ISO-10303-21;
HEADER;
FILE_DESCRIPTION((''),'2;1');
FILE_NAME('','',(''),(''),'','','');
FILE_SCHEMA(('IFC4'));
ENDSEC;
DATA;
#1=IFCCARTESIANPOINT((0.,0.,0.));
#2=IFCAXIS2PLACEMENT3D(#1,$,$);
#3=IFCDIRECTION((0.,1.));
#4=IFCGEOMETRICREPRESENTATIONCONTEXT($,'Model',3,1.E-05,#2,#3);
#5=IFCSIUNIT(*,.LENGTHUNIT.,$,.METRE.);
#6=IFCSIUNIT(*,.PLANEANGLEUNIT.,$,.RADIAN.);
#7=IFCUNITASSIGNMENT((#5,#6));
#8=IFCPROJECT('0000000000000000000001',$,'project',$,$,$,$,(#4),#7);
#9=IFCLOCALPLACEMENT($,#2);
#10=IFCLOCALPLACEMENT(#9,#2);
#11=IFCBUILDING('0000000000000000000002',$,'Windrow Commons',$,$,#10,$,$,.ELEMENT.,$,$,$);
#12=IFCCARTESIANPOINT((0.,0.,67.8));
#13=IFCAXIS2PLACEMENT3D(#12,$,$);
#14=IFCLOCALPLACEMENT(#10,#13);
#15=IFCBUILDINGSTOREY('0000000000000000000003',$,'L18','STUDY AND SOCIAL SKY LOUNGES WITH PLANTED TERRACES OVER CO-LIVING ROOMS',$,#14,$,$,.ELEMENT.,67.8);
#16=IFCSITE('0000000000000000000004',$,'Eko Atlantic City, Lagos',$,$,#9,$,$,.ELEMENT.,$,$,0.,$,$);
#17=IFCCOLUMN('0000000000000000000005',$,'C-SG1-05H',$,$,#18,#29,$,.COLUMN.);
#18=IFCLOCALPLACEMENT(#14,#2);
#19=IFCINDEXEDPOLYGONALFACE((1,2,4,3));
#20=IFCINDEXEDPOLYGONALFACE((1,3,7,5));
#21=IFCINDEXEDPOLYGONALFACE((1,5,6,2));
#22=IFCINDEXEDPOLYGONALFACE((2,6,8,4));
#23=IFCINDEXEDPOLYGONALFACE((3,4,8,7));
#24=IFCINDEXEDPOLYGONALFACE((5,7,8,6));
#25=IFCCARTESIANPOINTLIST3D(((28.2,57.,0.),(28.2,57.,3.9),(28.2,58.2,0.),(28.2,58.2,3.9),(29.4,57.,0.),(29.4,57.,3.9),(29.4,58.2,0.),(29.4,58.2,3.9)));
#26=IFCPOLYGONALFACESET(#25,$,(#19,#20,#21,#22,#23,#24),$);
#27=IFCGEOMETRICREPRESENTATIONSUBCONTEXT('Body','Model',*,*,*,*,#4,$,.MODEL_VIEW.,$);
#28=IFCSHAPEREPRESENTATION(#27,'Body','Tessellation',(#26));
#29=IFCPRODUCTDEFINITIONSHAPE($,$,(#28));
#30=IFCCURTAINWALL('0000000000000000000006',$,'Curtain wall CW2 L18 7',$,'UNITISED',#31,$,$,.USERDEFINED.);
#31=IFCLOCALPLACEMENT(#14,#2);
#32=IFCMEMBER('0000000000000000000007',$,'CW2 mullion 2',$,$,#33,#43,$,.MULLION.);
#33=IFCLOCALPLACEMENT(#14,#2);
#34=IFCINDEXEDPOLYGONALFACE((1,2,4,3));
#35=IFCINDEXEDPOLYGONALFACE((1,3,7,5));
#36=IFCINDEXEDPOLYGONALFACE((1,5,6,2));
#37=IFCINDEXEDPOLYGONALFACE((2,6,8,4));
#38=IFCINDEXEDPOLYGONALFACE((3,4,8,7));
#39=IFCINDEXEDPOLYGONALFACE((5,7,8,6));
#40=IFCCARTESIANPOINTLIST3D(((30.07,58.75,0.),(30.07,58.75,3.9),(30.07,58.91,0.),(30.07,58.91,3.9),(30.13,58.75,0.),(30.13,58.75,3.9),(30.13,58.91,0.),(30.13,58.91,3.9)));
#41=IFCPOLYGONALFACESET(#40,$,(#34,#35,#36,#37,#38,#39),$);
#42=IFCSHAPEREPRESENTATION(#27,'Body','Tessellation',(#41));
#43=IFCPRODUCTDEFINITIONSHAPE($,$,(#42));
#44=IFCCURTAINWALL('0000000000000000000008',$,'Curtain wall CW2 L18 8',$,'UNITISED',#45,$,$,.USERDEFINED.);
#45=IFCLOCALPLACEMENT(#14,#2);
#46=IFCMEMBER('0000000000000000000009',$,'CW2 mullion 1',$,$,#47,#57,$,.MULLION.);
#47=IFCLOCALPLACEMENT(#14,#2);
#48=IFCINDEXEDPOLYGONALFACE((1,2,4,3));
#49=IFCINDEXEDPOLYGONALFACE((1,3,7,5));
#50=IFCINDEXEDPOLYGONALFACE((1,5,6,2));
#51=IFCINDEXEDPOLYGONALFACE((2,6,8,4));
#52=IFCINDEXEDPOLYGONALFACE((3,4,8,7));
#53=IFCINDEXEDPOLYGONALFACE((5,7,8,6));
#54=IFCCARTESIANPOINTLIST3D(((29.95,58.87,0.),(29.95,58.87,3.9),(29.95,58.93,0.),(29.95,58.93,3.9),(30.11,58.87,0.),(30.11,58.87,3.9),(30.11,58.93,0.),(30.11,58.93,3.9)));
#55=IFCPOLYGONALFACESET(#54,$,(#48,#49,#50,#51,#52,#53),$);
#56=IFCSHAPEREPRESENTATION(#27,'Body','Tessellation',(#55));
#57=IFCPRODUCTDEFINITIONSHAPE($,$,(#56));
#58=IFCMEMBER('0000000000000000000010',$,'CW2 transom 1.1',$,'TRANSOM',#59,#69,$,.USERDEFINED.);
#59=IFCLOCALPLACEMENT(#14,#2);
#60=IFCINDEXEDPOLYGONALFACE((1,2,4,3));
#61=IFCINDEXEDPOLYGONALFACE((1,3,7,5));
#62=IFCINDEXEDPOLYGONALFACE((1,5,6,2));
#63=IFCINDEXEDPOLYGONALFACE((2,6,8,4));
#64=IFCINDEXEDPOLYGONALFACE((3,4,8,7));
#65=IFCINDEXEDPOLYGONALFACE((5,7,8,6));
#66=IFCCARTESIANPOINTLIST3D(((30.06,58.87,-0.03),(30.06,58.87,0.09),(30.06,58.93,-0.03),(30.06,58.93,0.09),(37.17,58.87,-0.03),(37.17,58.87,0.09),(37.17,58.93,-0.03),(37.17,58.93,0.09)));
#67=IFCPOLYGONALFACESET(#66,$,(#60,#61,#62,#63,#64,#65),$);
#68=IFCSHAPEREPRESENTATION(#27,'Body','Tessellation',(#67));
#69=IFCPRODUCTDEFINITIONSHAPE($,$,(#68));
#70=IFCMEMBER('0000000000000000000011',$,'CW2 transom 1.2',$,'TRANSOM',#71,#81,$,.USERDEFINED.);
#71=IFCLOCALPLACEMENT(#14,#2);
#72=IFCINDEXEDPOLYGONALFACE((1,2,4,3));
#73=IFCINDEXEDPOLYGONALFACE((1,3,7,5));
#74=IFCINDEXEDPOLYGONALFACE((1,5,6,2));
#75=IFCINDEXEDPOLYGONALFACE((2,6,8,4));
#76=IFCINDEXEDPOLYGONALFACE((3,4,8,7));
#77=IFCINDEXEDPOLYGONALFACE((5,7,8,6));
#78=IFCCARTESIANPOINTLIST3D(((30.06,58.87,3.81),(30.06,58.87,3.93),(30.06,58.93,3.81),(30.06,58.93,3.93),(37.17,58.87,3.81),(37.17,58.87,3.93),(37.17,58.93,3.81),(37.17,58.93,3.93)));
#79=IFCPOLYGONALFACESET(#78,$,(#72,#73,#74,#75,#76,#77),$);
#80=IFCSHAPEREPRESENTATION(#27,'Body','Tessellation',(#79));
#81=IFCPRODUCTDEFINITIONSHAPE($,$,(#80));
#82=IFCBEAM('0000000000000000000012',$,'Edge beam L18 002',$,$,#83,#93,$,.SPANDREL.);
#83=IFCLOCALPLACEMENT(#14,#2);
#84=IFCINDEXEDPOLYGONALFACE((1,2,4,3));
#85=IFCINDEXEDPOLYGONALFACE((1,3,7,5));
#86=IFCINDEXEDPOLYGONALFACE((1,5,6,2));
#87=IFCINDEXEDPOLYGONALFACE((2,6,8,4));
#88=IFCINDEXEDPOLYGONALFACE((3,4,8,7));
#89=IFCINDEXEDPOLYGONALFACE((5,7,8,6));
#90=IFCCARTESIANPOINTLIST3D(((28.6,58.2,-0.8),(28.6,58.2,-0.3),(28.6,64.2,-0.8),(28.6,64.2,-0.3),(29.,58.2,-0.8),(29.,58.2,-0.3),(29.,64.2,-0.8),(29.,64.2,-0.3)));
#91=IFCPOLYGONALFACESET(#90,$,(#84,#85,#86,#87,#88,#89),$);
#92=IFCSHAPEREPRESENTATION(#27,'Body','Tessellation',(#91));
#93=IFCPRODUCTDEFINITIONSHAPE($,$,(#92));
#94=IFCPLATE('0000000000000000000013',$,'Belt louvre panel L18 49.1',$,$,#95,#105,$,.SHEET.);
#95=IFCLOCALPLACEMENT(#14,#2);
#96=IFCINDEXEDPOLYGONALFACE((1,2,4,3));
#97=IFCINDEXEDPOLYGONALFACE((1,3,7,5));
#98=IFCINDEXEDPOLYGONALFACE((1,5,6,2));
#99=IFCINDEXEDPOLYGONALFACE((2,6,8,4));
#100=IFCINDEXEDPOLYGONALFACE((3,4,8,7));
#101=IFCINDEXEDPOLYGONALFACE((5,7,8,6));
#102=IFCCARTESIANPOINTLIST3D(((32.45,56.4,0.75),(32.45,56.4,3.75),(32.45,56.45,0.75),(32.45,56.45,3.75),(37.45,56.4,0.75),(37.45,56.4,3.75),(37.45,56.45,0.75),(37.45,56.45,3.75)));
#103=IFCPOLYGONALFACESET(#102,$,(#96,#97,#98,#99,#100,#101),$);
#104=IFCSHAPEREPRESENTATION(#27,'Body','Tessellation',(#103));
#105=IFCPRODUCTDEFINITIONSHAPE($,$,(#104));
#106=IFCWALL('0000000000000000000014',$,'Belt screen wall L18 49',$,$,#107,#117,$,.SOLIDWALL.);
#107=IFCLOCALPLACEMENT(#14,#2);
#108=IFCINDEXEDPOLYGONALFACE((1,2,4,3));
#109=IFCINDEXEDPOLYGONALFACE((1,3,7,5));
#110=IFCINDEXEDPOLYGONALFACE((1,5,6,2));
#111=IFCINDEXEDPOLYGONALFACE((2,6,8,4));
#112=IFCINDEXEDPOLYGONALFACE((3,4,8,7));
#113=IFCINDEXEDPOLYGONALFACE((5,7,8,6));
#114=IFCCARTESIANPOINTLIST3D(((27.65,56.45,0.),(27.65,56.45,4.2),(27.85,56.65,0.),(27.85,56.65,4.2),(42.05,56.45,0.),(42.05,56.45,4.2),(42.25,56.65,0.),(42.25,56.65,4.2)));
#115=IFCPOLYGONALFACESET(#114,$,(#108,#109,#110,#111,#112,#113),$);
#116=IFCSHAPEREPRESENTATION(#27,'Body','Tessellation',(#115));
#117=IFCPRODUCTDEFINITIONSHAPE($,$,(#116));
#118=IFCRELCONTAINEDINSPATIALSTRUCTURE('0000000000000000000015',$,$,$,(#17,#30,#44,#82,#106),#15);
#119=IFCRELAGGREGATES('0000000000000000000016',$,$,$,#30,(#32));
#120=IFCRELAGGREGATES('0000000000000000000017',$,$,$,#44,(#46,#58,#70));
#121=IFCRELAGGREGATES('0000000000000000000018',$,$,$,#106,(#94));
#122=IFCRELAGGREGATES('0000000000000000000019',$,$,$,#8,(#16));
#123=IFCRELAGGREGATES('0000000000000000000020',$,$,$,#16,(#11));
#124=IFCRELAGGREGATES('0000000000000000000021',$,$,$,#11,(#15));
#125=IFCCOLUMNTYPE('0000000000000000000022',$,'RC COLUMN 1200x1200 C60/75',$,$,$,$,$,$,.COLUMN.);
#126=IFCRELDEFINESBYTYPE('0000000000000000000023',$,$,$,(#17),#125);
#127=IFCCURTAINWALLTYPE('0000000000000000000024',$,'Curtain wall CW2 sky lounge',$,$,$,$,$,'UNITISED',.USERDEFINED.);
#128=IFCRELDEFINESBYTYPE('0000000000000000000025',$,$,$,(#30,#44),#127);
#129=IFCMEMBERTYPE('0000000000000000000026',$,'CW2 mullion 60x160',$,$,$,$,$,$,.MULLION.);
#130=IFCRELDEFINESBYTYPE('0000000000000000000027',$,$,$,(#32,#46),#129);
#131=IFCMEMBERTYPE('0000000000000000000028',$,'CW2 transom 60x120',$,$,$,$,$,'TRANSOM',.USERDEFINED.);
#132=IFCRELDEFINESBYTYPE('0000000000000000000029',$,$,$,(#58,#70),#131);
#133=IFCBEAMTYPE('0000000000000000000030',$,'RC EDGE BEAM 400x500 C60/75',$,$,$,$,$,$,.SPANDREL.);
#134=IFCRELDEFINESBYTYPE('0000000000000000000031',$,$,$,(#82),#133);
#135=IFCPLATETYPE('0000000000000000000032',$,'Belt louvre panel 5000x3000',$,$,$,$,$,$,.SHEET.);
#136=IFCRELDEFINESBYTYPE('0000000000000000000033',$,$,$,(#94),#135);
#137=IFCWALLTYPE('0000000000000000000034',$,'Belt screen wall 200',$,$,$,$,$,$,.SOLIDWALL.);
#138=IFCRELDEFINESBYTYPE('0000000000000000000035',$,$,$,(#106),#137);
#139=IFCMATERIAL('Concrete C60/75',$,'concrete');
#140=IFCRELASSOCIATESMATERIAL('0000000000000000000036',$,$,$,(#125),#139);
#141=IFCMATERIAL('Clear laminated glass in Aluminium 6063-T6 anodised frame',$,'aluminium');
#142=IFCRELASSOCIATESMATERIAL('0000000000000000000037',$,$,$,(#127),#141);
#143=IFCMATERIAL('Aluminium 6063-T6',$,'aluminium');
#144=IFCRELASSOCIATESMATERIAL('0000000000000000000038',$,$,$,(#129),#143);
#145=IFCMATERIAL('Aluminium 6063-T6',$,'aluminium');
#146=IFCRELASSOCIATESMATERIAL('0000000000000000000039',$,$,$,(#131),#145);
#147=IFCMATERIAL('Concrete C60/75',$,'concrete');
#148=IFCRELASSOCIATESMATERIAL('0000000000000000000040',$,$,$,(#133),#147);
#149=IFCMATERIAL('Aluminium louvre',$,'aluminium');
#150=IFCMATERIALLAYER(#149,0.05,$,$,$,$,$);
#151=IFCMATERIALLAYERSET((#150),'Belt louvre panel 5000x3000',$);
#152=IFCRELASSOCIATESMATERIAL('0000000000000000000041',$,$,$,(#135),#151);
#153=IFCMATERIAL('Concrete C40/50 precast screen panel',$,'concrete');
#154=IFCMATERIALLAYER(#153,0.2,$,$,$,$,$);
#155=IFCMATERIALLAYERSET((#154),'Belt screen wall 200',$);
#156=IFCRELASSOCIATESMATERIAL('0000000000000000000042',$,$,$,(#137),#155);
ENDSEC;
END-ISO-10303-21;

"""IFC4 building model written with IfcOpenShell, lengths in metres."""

from ifc_helpers import new_model, si_unit, direction, frame, origin, origin_2d, place, context, subcontext, project, spatial, polyline, rectangle, outline, extrude, material, layer, layer_set, material_profile, profile_set, type_object, element, aggregate, save


model = new_model("IFC4")

# Units and contexts
model_context = context("Model", 3, precision=1e-05, world=origin(), true_north=direction((0.0, 1.0)))
body_context = subcontext(model_context, "Body", "Model", "MODEL_VIEW")
ifc_project = project(units=[si_unit("LENGTHUNIT", "METRE"), si_unit("PLANEANGLEUNIT", "RADIAN")], contexts=[model_context])

# Site, building, storey
site_placement = place(None, origin())
site = spatial("IfcSite", under=ifc_project, at=site_placement, Name="Eko Atlantic City, Lagos", CompositionType="ELEMENT", RefElevation=0.0)
building_placement = place(site_placement, origin())
building = spatial("IfcBuilding", under=site, at=building_placement, Name="Windrow Commons", CompositionType="ELEMENT")
storey_placement = place(building_placement, frame((0.0, 0.0, 67.8)))
storey = spatial("IfcBuildingStorey", under=building, at=storey_placement, Name="L18", Description="STUDY AND SOCIAL SKY LOUNGES WITH PLANTED TERRACES OVER CO-LIVING ROOMS", CompositionType="ELEMENT", Elevation=67.8)

# Column
ifc_material_1 = material(Name="Concrete C60/75", Category="concrete")
ifc_material_profile_1 = material_profile(ifc_material_1, rectangle(XDim=1.2, YDim=1.2, at=origin_2d()))
ifc_profile_set_1 = profile_set([ifc_material_profile_1], Name="Concrete C60/75")
column_type = type_object("IfcColumnType", Name="RC COLUMN 1200x1200 C60/75", PredefinedType="COLUMN", material=ifc_profile_set_1)
column_placement = place(storey_placement, frame((28.8, 57.6, 0.0), z_axis=(0.0, 0.0, 1.0), x_axis=(1.0, 0.0, 0.0)))
element("IfcColumn", 1, at=column_placement, inside=storey, type_object=column_type, Name="C-SG1-05H", PredefinedType="COLUMN", context=body_context, shape_type="SweptSolid", body=[
    extrude(rectangle(XDim=1.2, YDim=1.2, at=origin_2d()), origin(), (0.0, 0.0, 1.0), 3.9),
])

# Curtain wall, member
ifc_material_2 = material(Name="Clear laminated glass in Aluminium 6063-T6 anodised frame", Category="aluminium")
curtain_wall_type = type_object("IfcCurtainWallType", Name="Curtain wall CW2 sky lounge", ElementType="UNITISED", PredefinedType="USERDEFINED", material=ifc_material_2)
placement = place(storey_placement, origin())
curtain_wall_1 = element("IfcCurtainWall", 2, at=placement, inside=storey, type_object=curtain_wall_type, Name="Curtain wall CW2 L18 7", ObjectType="UNITISED", PredefinedType="USERDEFINED")
ifc_material_3 = material(Name="Aluminium 6063-T6", Category="aluminium")
ifc_material_profile_2 = material_profile(ifc_material_3, rectangle(XDim=0.06, YDim=0.16, at=origin_2d()))
ifc_profile_set_2 = profile_set([ifc_material_profile_2], Name="Aluminium 6063-T6")
member_type_1 = type_object("IfcMemberType", Name="CW2 mullion 60x160", PredefinedType="MULLION", material=ifc_profile_set_2)
member_1_placement = place(storey_placement, frame((30.1, 58.83, 0.0), z_axis=(0.0, 0.0, 1.0), x_axis=(1.0, 0.0, 0.0)))
member_1 = element("IfcMember", 3, at=member_1_placement, type_object=member_type_1, Name="CW2 mullion 2", PredefinedType="MULLION", context=body_context, shape_type="SweptSolid", body=[
    extrude(rectangle(XDim=0.06, YDim=0.16, at=origin_2d()), origin(), (0.0, 0.0, 1.0), 3.9),
])
aggregate(curtain_wall_1, [member_1])

# Curtain wall, members
curtain_wall_2 = element("IfcCurtainWall", 4, at=placement, inside=storey, type_object=curtain_wall_type, Name="Curtain wall CW2 L18 8", ObjectType="UNITISED", PredefinedType="USERDEFINED")
member_2_placement = place(storey_placement, frame((30.03, 58.9, 0.0), z_axis=(0.0, 0.0, 1.0), x_axis=(0.0, 1.0, 0.0)))
member_2 = element("IfcMember", 5, at=member_2_placement, type_object=member_type_1, Name="CW2 mullion 1", PredefinedType="MULLION", context=body_context, shape_type="SweptSolid", body=[
    extrude(rectangle(XDim=0.06, YDim=0.16, at=origin_2d()), origin(), (0.0, 0.0, 1.0), 3.9),
])
ifc_material_4 = material(Name="Aluminium 6063-T6", Category="aluminium")
ifc_material_profile_3 = material_profile(ifc_material_4, rectangle(XDim=0.06, YDim=0.12, at=origin_2d()))
ifc_profile_set_3 = profile_set([ifc_material_profile_3], Name="Aluminium 6063-T6")
member_type_2 = type_object("IfcMemberType", Name="CW2 transom 60x120", ElementType="TRANSOM", PredefinedType="USERDEFINED", material=ifc_profile_set_3)
member_3_placement = place(storey_placement, frame((30.06, 58.9, 0.03), z_axis=(1.0, 0.0, 0.0), x_axis=(0.0, 1.0, 0.0)))
member_3 = element("IfcMember", 6, at=member_3_placement, type_object=member_type_2, Name="CW2 transom 1.1", ObjectType="TRANSOM", PredefinedType="USERDEFINED", context=body_context, shape_type="SweptSolid", body=[
    extrude(rectangle(XDim=0.06, YDim=0.12, at=origin_2d()), origin(), (0.0, 0.0, 1.0), 7.11),
])
member_4_placement = place(storey_placement, frame((30.06, 58.9, 3.87), z_axis=(1.0, 0.0, 0.0), x_axis=(0.0, 1.0, 0.0)))
member_4 = element("IfcMember", 7, at=member_4_placement, type_object=member_type_2, Name="CW2 transom 1.2", ObjectType="TRANSOM", PredefinedType="USERDEFINED", context=body_context, shape_type="SweptSolid", body=[
    extrude(rectangle(XDim=0.06, YDim=0.12, at=origin_2d()), origin(), (0.0, 0.0, 1.0), 7.11),
])
aggregate(curtain_wall_2, [member_2, member_3, member_4])

# Beam
ifc_material_5 = material(Name="Concrete C60/75", Category="concrete")
ifc_material_profile_4 = material_profile(ifc_material_5, rectangle(XDim=0.4, YDim=0.5, at=origin_2d()))
ifc_profile_set_4 = profile_set([ifc_material_profile_4], Name="Concrete C60/75")
beam_type = type_object("IfcBeamType", Name="RC EDGE BEAM 400x500 C60/75", PredefinedType="SPANDREL", material=ifc_profile_set_4)
beam_placement = place(storey_placement, frame((28.8, 58.2, -0.55), z_axis=(0.0, 1.0, 0.0), x_axis=(-1.0, 0.0, 0.0)))
element("IfcBeam", 8, at=beam_placement, inside=storey, type_object=beam_type, Name="Edge beam L18 002", PredefinedType="SPANDREL", context=body_context, shape_type="SweptSolid", body=[
    extrude(rectangle(XDim=0.4, YDim=0.5, at=origin_2d()), origin(), (0.0, 0.0, 1.0), 6.0),
])

# Plate
ifc_material_6 = material(Name="Aluminium louvre", Category="aluminium")
ifc_layer_1 = layer(ifc_material_6, 0.05)
ifc_layer_set_1 = layer_set([ifc_layer_1], Name="Belt louvre panel 5000x3000")
plate_type = type_object("IfcPlateType", Name="Belt louvre panel 5000x3000", PredefinedType="SHEET", material=ifc_layer_set_1)
plate_placement = place(storey_placement, frame((32.45, 56.4, 0.75), z_axis=(0.0, -1.0, 0.0), x_axis=(1.0, 0.0, 0.0)))
plate = element("IfcPlate", 9, at=plate_placement, type_object=plate_type, Name="Belt louvre panel L18 49.1", PredefinedType="SHEET", context=body_context, shape_type="SweptSolid", body=[
    extrude(outline(polyline([(0.0, 0.0), (5.0, 0.0), (5.0, 3.0), (0.0, 3.0), (0.0, 0.0)])), origin(), (0.0, 0.0, -1.0), 0.05),
])

# Wall
ifc_material_7 = material(Name="Concrete C40/50 precast screen panel", Category="concrete")
ifc_layer_2 = layer(ifc_material_7, 0.2)
ifc_layer_set_2 = layer_set([ifc_layer_2], Name="Belt screen wall 200")
wall_type_1 = type_object("IfcWallType", Name="Belt screen wall 200", PredefinedType="SOLIDWALL", material=ifc_layer_set_2)
wall_1_placement = place(storey_placement, frame((27.75, 56.55, 0.0), z_axis=(0.0, 0.0, 1.0), x_axis=(1.0, 0.0, 0.0)))
wall_1 = element("IfcWall", 10, at=wall_1_placement, inside=storey, type_object=wall_type_1, Name="Belt screen wall L18 49", PredefinedType="SOLIDWALL", context=body_context, shape_type="SweptSolid", body=[
    extrude(outline(polyline([(-0.1, -0.1), (14.3, -0.1), (14.5, 0.1), (0.1, 0.1), (-0.1, -0.1)])), origin(), (0.0, 0.0, 1.0), 4.2),
])
aggregate(wall_1, [plate])

save(model, "model.ifc")
